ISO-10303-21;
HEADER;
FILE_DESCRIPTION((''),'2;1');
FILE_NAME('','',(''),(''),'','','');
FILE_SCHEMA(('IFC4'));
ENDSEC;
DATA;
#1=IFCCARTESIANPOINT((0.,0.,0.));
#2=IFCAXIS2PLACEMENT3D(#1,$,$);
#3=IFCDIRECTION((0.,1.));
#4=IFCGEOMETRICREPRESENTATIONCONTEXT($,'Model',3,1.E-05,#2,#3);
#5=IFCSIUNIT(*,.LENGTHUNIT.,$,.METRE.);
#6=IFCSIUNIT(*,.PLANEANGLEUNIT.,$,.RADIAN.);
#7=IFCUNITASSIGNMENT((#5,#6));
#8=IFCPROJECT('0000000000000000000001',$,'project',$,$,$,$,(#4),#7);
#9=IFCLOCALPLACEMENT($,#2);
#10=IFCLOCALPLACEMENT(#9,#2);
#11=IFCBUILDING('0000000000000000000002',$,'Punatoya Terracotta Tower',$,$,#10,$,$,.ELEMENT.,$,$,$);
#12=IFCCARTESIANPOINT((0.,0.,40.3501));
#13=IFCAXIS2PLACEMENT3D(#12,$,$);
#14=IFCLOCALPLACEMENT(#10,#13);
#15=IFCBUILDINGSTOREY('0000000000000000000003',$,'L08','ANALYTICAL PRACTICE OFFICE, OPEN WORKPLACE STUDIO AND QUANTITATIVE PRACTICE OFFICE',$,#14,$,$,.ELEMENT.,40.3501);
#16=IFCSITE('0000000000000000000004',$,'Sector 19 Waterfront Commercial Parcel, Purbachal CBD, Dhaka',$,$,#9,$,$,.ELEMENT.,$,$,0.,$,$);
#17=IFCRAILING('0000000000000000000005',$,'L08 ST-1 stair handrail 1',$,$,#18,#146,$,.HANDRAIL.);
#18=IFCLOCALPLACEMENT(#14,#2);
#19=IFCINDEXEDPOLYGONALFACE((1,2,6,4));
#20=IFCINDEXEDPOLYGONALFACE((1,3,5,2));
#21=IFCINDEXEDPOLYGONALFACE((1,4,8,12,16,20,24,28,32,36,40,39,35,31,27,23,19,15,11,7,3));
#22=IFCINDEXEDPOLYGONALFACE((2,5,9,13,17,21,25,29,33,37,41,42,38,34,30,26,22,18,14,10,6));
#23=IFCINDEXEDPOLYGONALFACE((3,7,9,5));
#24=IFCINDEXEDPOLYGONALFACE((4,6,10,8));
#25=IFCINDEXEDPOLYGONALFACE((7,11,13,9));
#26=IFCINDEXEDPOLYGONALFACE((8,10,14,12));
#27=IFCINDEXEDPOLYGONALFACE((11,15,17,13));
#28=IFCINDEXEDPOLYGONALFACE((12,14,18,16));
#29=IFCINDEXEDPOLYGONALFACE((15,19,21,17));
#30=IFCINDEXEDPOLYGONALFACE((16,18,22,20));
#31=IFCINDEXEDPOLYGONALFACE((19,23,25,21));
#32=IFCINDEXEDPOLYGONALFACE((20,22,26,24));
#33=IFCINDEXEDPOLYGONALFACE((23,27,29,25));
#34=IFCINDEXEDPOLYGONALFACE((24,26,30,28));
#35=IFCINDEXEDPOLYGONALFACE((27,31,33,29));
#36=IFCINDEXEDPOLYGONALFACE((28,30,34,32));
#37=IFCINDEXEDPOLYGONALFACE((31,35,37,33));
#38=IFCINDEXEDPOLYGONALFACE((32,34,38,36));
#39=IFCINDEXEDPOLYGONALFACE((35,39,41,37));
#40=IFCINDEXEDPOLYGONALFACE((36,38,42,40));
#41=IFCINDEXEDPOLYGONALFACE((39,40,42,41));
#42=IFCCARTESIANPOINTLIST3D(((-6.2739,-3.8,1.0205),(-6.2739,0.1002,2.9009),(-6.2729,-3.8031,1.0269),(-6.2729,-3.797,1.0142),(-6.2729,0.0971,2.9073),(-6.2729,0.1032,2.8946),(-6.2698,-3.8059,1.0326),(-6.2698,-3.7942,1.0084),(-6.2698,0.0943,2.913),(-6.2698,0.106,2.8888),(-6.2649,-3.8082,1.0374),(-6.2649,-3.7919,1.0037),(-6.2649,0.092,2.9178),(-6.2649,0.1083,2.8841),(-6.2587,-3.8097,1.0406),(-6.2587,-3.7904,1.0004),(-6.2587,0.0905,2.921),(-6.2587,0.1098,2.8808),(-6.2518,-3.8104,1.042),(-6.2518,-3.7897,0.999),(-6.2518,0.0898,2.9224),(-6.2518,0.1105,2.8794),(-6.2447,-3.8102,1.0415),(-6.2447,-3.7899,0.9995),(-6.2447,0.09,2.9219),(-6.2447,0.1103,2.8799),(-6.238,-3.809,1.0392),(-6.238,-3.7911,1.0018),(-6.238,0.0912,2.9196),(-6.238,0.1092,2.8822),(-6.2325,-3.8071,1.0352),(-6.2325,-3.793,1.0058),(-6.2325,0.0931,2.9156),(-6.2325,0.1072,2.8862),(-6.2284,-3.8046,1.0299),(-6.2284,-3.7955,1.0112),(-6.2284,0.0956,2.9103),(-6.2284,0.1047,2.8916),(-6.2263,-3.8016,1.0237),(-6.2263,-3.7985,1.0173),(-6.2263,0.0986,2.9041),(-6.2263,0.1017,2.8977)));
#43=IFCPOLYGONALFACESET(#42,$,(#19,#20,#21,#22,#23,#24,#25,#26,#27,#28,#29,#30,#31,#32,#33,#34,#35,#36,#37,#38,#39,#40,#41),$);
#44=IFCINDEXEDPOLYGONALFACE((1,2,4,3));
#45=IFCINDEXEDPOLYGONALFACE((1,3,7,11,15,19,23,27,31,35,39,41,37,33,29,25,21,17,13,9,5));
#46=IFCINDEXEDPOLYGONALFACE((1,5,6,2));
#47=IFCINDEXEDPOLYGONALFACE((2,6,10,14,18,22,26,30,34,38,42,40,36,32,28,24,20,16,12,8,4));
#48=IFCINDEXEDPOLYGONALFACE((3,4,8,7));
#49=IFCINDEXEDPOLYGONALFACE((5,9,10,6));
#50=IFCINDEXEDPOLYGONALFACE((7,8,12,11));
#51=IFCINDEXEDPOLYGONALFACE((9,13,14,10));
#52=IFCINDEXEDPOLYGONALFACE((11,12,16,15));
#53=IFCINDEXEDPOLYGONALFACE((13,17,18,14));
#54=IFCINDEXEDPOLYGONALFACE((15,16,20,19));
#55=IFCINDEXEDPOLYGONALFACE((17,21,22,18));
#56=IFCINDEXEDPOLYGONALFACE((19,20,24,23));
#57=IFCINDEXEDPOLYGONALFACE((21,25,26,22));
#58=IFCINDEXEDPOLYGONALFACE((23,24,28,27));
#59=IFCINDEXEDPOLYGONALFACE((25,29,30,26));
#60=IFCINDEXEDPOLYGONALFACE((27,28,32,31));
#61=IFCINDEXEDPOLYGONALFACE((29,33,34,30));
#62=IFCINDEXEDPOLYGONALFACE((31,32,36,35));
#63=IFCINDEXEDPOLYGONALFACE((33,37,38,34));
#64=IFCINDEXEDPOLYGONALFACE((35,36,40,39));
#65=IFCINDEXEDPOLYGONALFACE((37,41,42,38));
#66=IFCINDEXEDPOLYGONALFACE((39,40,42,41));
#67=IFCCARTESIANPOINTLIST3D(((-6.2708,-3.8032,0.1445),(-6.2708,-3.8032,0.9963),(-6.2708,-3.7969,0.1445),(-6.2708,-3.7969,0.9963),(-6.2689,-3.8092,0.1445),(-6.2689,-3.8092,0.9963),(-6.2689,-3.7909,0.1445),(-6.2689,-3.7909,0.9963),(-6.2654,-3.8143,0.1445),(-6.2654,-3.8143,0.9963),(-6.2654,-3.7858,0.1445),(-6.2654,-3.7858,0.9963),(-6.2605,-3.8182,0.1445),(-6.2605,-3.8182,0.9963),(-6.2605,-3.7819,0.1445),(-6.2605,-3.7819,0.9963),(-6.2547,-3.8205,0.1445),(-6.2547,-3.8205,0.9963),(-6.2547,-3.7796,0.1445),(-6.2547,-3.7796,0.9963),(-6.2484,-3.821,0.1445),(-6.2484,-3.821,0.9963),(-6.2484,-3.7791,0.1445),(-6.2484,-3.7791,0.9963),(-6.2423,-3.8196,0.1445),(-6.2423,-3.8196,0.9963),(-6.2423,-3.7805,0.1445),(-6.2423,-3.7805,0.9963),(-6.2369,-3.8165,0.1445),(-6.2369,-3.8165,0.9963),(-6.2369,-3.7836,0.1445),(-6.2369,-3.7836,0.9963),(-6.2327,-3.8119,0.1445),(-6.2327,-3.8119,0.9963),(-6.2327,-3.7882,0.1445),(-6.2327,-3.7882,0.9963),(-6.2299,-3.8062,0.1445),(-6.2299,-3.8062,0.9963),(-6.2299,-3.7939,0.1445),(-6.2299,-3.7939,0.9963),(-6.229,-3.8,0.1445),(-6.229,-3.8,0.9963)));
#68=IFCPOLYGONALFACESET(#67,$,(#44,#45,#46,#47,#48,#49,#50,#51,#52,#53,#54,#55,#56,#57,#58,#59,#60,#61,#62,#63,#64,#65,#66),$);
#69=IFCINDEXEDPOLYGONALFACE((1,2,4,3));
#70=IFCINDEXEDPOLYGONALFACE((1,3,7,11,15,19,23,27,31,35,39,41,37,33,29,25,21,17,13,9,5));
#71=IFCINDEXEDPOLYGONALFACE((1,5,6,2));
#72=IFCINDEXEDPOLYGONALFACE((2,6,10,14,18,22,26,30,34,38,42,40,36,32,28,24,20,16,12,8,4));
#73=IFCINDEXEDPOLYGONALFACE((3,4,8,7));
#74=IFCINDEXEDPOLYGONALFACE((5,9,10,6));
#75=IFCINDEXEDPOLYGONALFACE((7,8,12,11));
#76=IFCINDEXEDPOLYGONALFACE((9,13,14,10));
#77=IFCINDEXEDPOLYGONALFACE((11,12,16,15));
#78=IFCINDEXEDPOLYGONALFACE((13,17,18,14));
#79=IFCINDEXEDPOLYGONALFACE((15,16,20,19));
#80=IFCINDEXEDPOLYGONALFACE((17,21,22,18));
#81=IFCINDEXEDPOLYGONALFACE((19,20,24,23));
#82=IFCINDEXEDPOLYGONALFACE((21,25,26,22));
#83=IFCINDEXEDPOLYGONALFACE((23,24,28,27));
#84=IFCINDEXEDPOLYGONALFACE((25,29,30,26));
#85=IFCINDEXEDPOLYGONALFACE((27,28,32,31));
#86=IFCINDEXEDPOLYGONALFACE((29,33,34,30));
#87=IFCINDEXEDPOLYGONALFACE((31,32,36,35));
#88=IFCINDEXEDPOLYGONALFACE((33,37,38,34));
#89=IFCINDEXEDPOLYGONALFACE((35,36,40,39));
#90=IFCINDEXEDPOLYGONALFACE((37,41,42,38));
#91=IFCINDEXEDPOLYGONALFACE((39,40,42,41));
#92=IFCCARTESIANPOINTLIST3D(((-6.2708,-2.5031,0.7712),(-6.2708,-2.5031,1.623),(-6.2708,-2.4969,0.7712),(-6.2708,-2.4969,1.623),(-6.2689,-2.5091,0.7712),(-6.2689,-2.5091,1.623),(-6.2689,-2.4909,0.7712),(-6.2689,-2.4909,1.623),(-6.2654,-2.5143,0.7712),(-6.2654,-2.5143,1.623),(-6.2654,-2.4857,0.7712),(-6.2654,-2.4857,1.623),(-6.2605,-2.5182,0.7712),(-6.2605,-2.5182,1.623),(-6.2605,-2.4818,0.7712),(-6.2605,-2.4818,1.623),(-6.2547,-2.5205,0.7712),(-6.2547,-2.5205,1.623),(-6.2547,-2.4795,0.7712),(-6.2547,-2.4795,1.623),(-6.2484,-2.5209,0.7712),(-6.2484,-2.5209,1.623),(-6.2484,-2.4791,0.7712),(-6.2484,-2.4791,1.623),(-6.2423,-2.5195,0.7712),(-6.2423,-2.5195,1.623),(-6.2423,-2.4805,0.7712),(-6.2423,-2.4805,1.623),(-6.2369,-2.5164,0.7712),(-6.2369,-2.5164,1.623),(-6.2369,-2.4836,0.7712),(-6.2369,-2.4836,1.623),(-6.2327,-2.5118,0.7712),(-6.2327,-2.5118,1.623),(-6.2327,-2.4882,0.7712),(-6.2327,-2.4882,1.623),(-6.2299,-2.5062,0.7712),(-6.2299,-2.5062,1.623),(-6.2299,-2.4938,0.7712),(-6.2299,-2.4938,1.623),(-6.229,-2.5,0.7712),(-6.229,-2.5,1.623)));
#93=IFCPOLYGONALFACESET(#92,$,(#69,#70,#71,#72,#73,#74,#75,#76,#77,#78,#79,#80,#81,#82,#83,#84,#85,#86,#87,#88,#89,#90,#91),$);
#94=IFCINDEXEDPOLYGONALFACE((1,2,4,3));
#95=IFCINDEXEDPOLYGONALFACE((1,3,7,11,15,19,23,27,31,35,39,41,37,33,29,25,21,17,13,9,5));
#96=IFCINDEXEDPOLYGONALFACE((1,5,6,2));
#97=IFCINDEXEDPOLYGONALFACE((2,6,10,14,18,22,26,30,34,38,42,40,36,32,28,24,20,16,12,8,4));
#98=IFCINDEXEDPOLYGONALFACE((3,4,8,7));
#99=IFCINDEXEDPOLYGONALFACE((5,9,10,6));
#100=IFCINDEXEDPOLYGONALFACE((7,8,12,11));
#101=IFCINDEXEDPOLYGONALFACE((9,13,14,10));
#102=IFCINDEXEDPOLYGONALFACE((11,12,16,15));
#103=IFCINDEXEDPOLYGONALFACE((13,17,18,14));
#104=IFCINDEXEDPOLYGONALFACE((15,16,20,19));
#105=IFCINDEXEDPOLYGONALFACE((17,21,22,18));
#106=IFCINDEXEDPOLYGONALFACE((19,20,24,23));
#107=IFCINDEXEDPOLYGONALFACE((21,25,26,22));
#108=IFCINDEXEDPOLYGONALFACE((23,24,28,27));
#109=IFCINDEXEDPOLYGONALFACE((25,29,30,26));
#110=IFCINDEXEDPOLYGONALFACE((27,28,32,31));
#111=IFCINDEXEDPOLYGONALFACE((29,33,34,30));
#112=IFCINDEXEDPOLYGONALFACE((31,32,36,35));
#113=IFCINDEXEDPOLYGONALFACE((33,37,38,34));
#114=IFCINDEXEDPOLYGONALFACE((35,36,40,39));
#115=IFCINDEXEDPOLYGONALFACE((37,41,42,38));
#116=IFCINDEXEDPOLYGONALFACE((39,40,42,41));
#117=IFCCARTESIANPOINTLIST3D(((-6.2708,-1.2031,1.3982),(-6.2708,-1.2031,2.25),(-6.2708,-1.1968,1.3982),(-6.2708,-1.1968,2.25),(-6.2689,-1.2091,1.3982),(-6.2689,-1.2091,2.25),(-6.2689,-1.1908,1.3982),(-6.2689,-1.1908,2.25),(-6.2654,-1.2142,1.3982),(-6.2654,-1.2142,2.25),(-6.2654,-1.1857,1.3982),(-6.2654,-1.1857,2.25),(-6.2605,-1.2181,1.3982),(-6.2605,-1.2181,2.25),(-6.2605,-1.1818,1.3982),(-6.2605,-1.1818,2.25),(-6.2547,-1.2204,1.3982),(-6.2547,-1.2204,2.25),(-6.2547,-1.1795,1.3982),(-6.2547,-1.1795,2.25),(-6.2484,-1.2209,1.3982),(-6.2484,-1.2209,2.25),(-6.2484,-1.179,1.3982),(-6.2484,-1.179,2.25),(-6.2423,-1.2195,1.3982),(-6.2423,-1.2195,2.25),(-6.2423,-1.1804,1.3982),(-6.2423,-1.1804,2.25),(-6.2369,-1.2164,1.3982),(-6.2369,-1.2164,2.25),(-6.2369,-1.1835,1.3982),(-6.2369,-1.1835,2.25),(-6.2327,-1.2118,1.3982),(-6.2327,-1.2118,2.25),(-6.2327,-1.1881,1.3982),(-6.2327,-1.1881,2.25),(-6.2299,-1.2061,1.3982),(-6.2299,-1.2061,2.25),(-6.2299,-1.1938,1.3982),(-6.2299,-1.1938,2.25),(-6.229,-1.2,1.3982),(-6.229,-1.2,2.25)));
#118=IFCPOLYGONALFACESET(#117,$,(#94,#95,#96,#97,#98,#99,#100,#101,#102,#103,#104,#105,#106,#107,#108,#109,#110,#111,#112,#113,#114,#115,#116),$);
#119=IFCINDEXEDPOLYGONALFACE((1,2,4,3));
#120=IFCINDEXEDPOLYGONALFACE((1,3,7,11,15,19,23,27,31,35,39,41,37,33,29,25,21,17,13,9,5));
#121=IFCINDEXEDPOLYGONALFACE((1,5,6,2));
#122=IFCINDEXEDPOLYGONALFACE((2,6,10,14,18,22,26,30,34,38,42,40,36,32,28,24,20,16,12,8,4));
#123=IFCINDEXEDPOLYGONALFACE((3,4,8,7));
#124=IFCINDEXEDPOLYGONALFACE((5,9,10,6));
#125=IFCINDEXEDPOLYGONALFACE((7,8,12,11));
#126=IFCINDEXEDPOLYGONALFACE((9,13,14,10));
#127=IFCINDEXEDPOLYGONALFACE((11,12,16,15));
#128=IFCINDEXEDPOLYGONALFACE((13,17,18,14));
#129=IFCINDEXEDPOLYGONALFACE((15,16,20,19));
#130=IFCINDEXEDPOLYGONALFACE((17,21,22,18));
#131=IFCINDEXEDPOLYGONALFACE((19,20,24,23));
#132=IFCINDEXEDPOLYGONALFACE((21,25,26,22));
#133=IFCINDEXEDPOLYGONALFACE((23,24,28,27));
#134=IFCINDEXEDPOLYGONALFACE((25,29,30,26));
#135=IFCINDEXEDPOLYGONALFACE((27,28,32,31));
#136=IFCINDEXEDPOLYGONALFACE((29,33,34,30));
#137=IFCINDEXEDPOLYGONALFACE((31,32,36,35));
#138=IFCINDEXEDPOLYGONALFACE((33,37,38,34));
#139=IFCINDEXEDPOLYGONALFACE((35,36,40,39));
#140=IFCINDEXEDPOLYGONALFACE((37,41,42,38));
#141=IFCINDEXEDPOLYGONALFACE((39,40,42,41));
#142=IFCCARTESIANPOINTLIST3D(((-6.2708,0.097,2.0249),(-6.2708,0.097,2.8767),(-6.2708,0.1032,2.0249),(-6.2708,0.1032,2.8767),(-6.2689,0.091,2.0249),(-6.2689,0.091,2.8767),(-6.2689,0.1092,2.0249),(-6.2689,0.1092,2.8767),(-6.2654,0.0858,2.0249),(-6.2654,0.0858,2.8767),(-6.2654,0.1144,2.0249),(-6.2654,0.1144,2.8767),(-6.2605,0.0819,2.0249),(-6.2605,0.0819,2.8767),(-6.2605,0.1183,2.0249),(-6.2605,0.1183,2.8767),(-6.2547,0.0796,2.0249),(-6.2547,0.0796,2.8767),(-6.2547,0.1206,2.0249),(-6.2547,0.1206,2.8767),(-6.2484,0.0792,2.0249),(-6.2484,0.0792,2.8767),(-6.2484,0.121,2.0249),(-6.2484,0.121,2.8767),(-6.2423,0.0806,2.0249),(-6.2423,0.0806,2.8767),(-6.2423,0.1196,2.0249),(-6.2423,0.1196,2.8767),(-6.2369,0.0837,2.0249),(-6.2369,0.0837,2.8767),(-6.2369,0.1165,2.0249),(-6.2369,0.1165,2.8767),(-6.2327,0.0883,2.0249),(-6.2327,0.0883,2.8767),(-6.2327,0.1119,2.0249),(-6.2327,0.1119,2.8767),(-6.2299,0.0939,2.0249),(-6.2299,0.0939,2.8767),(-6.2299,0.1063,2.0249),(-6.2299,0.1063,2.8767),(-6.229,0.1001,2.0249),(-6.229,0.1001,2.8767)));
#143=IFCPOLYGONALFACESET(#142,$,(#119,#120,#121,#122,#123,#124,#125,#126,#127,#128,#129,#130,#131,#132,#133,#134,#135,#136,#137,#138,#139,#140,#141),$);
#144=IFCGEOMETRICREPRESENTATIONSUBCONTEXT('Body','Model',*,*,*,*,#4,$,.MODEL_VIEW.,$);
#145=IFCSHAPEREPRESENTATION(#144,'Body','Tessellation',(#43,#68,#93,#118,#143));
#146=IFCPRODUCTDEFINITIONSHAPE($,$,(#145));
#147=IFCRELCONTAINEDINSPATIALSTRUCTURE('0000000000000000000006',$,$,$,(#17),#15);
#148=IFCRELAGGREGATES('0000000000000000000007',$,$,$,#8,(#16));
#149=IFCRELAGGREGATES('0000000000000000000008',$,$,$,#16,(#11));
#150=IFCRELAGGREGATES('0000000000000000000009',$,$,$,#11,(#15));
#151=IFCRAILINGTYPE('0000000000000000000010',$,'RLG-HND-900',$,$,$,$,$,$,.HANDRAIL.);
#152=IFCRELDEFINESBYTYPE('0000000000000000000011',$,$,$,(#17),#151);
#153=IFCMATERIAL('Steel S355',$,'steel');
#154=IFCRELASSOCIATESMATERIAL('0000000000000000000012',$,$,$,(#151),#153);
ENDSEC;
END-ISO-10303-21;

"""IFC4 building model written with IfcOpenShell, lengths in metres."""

from ifc_helpers import new_model, si_unit, direction, frame, origin, origin_2d, place, context, subcontext, project, spatial, circle, extrude, material, type_object, element, save


model = new_model("IFC4")

# Units and contexts
model_context = context("Model", 3, precision=1e-05, world=origin(), true_north=direction((0.0, 1.0)))
body_context = subcontext(model_context, "Body", "Model", "MODEL_VIEW")
ifc_project = project(units=[si_unit("LENGTHUNIT", "METRE"), si_unit("PLANEANGLEUNIT", "RADIAN")], contexts=[model_context])

# Site, building, storey
site_placement = place(None, origin())
site = spatial("IfcSite", under=ifc_project, at=site_placement, Name="Sector 19 Waterfront Commercial Parcel, Purbachal CBD, Dhaka", CompositionType="ELEMENT", RefElevation=0.0)
building_placement = place(site_placement, origin())
building = spatial("IfcBuilding", under=site, at=building_placement, Name="Punatoya Terracotta Tower", CompositionType="ELEMENT")
storey_placement = place(building_placement, frame((0.0, 0.0, 40.3501)))
storey = spatial("IfcBuildingStorey", under=building, at=storey_placement, Name="L08", Description="ANALYTICAL PRACTICE OFFICE, OPEN WORKPLACE STUDIO AND QUANTITATIVE PRACTICE OFFICE", CompositionType="ELEMENT", Elevation=40.3501)

# Shared definitions
ifc_material_1 = material(Name="Steel S355", Category="steel")

# Railing
railing_type_1 = type_object("IfcRailingType", Name="RLG-HND-900", PredefinedType="HANDRAIL", material=ifc_material_1)
railing_1_placement = place(storey_placement, frame((-6.25, -3.8, 0.1445)))
element("IfcRailing", 1, at=railing_1_placement, inside=storey, type_object=railing_type_1, Name="L08 ST-1 stair handrail 1", PredefinedType="HANDRAIL", context=body_context, shape_type="SweptSolid", body=[
    extrude(circle(Radius=0.0239, at=origin_2d()), frame((0.0, 0.0, 0.876), z_axis=(0.0, 0.900774, 0.434289), x_axis=(-1.0, 0.0, 0.0)), (0.0, 0.0, 1.0), 4.3298),
    extrude(circle(Radius=0.021, at=origin_2d()), origin(), (0.0, 0.0, 1.0), 0.8518),
    extrude(circle(Radius=0.021, at=origin_2d()), frame((0.0, 1.3, 0.6267)), (0.0, 0.0, 1.0), 0.8518),
    extrude(circle(Radius=0.021, at=origin_2d()), frame((0.0, 2.6001, 1.2537)), (0.0, 0.0, 1.0), 0.8518),
    extrude(circle(Radius=0.021, at=origin_2d()), frame((0.0, 3.9001, 1.8804)), (0.0, 0.0, 1.0), 0.8518),
])

save(model, "model.ifc")
